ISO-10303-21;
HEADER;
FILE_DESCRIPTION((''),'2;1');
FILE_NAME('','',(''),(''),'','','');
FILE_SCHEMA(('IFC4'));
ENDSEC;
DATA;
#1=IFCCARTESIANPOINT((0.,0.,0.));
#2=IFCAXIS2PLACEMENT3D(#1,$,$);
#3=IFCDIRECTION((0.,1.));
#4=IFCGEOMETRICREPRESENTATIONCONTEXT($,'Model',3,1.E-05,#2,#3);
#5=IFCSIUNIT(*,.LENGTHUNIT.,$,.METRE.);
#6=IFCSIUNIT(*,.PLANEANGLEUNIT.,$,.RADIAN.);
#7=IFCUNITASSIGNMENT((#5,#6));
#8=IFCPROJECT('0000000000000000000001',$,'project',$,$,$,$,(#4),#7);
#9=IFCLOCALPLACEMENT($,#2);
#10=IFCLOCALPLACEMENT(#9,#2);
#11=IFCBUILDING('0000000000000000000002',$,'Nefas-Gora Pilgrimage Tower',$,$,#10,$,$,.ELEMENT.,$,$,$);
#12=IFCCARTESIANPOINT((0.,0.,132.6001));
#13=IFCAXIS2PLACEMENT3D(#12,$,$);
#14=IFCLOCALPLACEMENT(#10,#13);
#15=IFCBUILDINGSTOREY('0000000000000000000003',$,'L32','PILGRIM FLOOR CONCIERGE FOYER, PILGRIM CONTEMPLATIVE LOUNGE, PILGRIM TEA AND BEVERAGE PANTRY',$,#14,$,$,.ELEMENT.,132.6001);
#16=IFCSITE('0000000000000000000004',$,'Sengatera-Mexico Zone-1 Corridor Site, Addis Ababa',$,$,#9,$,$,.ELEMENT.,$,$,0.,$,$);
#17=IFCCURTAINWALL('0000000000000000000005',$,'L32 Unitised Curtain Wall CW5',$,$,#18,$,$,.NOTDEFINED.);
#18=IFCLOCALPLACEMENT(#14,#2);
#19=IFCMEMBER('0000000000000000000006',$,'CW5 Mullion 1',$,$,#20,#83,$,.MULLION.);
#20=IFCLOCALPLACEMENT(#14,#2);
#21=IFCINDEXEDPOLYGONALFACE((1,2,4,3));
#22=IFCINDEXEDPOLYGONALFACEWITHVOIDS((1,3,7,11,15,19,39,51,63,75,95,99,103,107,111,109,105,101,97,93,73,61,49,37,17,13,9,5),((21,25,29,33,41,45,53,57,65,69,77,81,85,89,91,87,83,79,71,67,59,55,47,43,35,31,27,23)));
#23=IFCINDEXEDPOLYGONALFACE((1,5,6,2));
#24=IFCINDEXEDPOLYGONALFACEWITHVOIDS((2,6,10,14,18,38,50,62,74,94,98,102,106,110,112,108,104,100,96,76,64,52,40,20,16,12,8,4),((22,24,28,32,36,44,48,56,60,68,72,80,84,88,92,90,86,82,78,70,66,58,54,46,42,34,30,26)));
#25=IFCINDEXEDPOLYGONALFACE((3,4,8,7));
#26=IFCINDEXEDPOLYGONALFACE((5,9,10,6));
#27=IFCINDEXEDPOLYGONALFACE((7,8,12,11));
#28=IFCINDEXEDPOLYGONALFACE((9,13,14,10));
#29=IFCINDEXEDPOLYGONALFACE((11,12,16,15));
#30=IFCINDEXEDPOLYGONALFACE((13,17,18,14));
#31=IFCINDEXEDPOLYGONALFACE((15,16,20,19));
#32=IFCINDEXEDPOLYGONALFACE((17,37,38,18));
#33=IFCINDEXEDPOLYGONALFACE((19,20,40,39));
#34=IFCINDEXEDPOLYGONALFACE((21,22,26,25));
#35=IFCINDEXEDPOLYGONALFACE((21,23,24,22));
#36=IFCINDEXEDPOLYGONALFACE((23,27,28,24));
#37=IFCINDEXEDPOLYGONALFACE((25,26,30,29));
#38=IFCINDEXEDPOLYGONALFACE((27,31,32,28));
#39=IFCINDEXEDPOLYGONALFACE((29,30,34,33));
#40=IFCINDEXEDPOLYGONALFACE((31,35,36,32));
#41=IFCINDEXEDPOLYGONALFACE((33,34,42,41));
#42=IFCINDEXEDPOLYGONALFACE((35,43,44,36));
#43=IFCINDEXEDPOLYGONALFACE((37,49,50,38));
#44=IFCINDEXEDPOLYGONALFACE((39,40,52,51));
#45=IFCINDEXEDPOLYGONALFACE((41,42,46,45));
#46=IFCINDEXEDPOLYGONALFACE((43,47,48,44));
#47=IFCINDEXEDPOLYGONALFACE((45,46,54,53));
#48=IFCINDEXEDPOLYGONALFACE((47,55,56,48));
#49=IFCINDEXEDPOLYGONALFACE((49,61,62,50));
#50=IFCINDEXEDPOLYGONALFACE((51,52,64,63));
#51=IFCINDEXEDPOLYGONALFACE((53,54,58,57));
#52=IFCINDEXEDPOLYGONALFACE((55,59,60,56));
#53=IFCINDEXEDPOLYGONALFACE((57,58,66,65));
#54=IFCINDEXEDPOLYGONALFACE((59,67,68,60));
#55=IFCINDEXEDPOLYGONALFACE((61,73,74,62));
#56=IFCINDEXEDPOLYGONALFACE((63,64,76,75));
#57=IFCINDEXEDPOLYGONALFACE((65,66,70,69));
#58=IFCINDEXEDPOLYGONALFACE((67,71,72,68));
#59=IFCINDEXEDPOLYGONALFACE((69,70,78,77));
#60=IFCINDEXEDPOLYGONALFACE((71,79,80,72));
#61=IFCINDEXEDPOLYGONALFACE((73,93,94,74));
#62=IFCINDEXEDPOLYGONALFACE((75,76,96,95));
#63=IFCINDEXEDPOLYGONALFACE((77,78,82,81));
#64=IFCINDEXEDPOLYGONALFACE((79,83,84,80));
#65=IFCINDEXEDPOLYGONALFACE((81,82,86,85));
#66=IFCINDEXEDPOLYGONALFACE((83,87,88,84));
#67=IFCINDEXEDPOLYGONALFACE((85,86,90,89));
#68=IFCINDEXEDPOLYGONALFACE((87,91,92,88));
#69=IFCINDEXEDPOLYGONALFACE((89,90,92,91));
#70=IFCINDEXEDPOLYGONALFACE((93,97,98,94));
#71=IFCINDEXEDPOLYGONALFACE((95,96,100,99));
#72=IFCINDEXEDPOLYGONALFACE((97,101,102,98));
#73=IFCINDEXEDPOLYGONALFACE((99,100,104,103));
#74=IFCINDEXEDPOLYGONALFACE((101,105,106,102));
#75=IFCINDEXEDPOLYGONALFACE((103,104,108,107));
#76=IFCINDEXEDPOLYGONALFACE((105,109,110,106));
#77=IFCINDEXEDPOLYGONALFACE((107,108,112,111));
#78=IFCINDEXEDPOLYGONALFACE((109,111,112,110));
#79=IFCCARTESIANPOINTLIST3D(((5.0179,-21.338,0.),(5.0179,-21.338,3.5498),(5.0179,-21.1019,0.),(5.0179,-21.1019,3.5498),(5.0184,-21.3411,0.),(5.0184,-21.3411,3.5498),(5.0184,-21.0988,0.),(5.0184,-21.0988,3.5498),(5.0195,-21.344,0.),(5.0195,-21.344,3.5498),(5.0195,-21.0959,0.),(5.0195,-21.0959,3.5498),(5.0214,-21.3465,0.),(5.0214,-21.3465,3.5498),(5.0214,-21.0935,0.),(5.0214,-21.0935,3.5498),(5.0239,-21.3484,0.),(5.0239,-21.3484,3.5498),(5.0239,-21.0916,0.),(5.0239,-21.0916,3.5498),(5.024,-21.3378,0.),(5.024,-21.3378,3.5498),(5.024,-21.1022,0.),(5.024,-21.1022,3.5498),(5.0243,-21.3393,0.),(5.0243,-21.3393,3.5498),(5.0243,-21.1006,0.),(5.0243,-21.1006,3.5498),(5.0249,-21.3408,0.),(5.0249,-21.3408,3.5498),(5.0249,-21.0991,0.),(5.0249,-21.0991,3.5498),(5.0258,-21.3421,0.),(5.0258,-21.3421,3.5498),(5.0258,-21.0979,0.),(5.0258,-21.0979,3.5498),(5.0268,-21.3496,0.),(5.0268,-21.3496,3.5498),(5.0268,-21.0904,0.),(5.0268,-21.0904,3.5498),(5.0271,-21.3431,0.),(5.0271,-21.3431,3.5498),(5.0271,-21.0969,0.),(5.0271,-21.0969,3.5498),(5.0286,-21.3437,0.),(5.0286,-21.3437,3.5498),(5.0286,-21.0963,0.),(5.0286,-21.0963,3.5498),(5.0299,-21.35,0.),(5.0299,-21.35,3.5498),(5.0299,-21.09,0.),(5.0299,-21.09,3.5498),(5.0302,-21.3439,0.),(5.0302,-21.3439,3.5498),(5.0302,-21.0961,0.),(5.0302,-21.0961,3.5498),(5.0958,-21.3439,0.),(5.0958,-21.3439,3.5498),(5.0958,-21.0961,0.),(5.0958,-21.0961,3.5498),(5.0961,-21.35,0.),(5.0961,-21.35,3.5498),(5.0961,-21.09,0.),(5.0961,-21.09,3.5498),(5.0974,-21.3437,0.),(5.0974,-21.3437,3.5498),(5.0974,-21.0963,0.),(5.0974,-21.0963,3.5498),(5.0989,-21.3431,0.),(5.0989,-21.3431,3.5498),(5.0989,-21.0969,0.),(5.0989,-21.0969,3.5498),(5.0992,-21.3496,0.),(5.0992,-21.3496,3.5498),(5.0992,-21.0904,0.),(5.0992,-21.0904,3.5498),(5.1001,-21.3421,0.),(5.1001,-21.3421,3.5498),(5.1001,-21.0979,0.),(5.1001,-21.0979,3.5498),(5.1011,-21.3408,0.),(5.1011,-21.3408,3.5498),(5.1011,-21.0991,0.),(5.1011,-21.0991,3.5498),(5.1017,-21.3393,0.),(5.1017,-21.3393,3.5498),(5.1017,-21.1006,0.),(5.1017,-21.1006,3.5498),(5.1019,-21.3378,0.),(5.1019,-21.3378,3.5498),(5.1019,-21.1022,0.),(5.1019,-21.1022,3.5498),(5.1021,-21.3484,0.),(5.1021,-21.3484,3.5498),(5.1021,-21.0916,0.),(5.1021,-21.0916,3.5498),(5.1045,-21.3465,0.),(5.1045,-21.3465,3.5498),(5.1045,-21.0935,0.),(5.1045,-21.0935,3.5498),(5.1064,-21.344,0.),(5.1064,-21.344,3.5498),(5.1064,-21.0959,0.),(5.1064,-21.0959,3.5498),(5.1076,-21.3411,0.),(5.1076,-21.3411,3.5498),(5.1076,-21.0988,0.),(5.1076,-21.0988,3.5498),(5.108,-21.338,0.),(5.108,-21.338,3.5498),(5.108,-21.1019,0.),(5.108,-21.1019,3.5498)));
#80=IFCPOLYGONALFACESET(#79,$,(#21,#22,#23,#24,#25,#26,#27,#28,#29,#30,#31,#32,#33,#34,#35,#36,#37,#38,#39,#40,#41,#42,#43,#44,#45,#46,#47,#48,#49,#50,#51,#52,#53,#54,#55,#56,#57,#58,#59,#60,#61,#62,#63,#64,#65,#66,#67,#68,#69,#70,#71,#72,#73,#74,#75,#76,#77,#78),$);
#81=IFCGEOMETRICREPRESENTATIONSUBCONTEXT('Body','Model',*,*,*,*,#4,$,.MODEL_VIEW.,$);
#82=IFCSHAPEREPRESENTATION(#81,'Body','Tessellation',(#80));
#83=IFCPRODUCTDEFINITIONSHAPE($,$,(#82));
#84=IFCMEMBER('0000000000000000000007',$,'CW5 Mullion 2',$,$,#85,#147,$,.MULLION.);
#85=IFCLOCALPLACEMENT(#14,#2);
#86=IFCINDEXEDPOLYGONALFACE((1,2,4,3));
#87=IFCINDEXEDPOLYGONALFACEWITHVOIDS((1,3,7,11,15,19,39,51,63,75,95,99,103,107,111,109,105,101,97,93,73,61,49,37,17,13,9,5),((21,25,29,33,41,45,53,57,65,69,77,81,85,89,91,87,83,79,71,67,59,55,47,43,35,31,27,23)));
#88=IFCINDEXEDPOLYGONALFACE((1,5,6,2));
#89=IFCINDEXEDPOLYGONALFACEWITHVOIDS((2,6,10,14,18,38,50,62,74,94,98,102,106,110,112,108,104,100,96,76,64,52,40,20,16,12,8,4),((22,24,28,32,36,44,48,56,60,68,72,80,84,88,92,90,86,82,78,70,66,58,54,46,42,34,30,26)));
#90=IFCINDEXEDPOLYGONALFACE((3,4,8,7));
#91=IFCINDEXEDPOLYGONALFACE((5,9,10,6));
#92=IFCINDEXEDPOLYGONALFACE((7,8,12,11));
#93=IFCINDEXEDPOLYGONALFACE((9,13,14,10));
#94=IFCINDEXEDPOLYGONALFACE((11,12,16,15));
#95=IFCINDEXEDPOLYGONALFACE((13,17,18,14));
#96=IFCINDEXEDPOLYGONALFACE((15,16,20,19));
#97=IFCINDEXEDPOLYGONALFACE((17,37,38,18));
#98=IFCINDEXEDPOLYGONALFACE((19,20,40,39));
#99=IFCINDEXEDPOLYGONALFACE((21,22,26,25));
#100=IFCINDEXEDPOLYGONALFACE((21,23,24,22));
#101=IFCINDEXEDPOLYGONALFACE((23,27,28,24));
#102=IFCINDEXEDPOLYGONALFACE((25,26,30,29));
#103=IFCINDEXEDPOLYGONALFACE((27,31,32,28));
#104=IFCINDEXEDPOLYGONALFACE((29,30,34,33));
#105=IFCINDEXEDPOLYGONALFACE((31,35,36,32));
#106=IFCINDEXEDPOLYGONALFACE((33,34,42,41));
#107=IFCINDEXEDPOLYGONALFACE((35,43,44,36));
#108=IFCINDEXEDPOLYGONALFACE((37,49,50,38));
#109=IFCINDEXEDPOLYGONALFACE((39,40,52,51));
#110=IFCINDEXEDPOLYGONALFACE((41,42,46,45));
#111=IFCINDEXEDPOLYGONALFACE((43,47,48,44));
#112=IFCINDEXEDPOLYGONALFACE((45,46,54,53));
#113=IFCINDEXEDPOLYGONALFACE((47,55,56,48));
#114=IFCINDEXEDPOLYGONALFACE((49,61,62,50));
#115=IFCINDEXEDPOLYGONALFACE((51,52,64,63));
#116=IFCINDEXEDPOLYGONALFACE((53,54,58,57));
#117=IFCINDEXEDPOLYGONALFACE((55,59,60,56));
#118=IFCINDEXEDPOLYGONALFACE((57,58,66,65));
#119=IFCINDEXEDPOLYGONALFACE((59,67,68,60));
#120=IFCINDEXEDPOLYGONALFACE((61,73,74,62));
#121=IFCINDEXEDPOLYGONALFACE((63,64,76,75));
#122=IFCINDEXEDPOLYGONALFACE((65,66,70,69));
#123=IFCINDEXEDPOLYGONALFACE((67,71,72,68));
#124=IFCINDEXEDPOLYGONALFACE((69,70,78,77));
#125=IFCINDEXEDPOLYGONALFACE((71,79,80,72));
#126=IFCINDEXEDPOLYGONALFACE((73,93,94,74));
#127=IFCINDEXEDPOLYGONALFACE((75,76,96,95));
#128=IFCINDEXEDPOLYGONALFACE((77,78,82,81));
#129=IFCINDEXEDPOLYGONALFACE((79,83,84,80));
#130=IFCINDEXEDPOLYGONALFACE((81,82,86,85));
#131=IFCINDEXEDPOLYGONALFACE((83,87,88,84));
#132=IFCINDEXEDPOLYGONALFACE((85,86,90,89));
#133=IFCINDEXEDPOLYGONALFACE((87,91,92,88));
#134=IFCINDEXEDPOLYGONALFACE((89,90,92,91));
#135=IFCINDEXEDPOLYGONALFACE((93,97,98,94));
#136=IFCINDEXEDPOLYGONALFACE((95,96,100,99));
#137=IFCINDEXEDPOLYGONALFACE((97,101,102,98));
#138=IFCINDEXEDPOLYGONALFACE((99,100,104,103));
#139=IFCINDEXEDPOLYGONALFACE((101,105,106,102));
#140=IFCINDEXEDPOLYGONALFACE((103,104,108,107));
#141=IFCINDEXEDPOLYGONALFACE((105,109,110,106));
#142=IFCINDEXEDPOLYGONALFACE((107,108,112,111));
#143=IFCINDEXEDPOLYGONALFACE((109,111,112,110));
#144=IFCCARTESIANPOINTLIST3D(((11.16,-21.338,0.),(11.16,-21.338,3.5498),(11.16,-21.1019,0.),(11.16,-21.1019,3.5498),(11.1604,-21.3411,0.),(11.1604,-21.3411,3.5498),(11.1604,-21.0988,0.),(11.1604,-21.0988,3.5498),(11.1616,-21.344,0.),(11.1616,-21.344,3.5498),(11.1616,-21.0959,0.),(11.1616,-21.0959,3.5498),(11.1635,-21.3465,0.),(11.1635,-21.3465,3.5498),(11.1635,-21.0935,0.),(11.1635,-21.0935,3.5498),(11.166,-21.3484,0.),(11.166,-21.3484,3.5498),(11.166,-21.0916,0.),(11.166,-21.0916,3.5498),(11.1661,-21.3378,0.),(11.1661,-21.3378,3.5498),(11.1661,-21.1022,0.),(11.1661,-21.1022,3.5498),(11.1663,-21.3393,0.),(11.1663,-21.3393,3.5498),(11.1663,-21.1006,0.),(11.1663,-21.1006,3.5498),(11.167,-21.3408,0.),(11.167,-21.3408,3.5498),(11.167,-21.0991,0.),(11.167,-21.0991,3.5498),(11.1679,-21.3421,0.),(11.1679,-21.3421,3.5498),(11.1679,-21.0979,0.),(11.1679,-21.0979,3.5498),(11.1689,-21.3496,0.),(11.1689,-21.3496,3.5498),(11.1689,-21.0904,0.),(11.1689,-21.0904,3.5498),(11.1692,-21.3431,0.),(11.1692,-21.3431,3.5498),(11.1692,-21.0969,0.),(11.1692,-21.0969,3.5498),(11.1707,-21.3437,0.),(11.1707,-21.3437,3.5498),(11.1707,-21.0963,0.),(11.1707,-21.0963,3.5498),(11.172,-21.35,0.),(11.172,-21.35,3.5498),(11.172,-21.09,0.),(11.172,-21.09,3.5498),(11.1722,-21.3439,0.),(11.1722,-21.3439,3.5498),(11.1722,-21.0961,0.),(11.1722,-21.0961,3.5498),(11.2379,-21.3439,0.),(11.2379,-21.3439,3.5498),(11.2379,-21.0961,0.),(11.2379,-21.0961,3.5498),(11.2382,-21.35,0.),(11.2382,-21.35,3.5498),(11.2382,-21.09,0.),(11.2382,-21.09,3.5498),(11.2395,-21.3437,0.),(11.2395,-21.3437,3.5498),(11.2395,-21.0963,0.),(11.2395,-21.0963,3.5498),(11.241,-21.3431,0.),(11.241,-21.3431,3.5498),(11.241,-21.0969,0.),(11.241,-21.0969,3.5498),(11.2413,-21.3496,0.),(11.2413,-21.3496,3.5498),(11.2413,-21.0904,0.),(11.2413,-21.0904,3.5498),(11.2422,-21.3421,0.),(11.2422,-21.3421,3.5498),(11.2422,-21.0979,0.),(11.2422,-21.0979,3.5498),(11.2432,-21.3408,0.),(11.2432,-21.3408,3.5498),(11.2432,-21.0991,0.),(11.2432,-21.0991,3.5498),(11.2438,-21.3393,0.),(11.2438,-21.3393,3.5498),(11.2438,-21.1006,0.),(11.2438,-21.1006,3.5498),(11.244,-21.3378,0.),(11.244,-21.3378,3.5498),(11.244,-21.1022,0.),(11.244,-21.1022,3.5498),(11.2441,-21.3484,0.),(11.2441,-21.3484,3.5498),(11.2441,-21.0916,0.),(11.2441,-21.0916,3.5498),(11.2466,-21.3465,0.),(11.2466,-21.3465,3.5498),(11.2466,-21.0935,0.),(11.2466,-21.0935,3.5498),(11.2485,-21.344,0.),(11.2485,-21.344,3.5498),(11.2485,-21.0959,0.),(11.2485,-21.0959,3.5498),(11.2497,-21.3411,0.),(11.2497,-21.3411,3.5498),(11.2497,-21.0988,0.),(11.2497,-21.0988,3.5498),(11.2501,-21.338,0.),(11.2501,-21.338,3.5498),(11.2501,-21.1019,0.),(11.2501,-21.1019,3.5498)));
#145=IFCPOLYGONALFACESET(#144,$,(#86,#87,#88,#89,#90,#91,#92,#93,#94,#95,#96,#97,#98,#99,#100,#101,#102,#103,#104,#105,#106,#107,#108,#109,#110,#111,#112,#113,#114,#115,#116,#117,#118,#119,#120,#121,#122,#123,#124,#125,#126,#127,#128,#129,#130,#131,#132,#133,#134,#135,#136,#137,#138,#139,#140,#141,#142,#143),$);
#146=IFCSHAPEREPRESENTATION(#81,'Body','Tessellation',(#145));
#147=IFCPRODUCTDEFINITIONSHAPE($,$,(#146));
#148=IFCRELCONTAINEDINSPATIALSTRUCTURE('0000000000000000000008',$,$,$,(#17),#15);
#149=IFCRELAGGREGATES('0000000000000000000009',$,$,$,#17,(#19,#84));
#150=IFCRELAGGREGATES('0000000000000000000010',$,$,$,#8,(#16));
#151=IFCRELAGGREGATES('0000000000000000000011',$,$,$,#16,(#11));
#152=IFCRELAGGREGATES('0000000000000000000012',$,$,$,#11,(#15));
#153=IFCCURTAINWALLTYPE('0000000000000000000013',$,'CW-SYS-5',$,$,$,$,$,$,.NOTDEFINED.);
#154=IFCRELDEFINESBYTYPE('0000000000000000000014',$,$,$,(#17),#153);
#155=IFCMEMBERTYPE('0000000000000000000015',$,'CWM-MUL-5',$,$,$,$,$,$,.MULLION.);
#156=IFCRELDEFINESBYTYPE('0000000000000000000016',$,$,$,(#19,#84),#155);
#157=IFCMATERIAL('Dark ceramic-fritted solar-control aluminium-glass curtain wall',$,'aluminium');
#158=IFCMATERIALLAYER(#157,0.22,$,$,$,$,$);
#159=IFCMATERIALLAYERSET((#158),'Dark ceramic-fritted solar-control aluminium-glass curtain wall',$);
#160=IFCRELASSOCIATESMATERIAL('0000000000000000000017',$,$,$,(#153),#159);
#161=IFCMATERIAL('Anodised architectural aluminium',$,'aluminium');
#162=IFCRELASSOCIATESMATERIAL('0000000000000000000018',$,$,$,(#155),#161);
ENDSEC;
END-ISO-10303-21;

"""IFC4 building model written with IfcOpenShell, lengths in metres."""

from ifc_helpers import new_model, si_unit, direction, frame, origin, origin_2d, place, context, subcontext, project, spatial, hollow_rectangle, extrude, source, transform, mapped, material, layer, layer_set, material_profile, profile_set, type_object, element, aggregate, save


model = new_model("IFC4")

# Units and contexts
model_context = context("Model", 3, precision=1e-05, world=origin(), true_north=direction((0.0, 1.0)))
body_context = subcontext(model_context, "Body", "Model", "MODEL_VIEW")
ifc_project = project(units=[si_unit("LENGTHUNIT", "METRE"), si_unit("PLANEANGLEUNIT", "RADIAN")], contexts=[model_context])

# Site, building, storey
site_placement = place(None, origin())
site = spatial("IfcSite", under=ifc_project, at=site_placement, Name="Sengatera-Mexico Zone-1 Corridor Site, Addis Ababa", CompositionType="ELEMENT", RefElevation=0.0)
building_placement = place(site_placement, origin())
building = spatial("IfcBuilding", under=site, at=building_placement, Name="Nefas-Gora Pilgrimage Tower", CompositionType="ELEMENT")
storey_placement = place(building_placement, frame((0.0, 0.0, 132.6001)))
storey = spatial("IfcBuildingStorey", under=building, at=storey_placement, Name="L32", Description="PILGRIM FLOOR CONCIERGE FOYER, PILGRIM CONTEMPLATIVE LOUNGE, PILGRIM TEA AND BEVERAGE PANTRY", CompositionType="ELEMENT", Elevation=132.6001)

# Curtain wall
ifc_material_1 = material(Name="Dark ceramic-fritted solar-control aluminium-glass curtain wall", Category="aluminium")
ifc_layer_1 = layer(ifc_material_1, 0.22)
ifc_layer_set_1 = layer_set([ifc_layer_1], Name="Dark ceramic-fritted solar-control aluminium-glass curtain wall")
curtain_wall_type_1 = type_object("IfcCurtainWallType", Name="CW-SYS-5", PredefinedType="NOTDEFINED", material=ifc_layer_set_1)
curtain_wall_1_placement = place(storey_placement, origin())
curtain_wall_1 = element("IfcCurtainWall", 1, at=curtain_wall_1_placement, inside=storey, type_object=curtain_wall_type_1, Name="L32 Unitised Curtain Wall CW5", PredefinedType="NOTDEFINED")
ifc_material_2 = material(Name="Anodised architectural aluminium", Category="aluminium")

# Members
ifc_material_profile_1 = material_profile(ifc_material_2, hollow_rectangle(XDim=0.0901, YDim=0.26, WallThickness=0.0061, InnerFilletRadius=0.0061, OuterFilletRadius=0.012, at=origin_2d()), Name="ALU MULLION 90x260")
ifc_profile_set_1 = profile_set([ifc_material_profile_1], Name="Anodised architectural aluminium")
member_type_1 = type_object("IfcMemberType", Name="CWM-MUL-5", PredefinedType="MULLION", material=ifc_profile_set_1)
shared_shape_1 = source(origin(), body_context, "Body", "SweptSolid", [
    extrude(hollow_rectangle(XDim=0.0901, YDim=0.26, WallThickness=0.0061, InnerFilletRadius=0.0061, OuterFilletRadius=0.012, at=origin_2d()), origin(), (0.0, 0.0, 1.0), 3.5498),
])
member_1_placement = place(storey_placement, frame((5.063, -21.22, 0.0), z_axis=(0.0, 0.0, 1.0), x_axis=(1.0, 0.0, 0.0)))
member_1 = element("IfcMember", 2, at=member_1_placement, type_object=member_type_1, Name="CW5 Mullion 1", PredefinedType="MULLION", context=body_context, shape_type="MappedRepresentation", body=[
    mapped(shared_shape_1, transform((0.0, 0.0, 0.0), x_axis=(1.0, 0.0, 0.0), y_axis=(0.0, 1.0, 0.0), z_axis=(0.0, 0.0, 1.0), scale=1.0)),
])
member_2_placement = place(storey_placement, frame((11.2051, -21.22, 0.0), z_axis=(0.0, 0.0, 1.0), x_axis=(1.0, 0.0, 0.0)))
member_2 = element("IfcMember", 3, at=member_2_placement, type_object=member_type_1, Name="CW5 Mullion 2", PredefinedType="MULLION", context=body_context, shape_type="MappedRepresentation", body=[
    mapped(shared_shape_1, transform((0.0, 0.0, 0.0), x_axis=(1.0, 0.0, 0.0), y_axis=(0.0, 1.0, 0.0), z_axis=(0.0, 0.0, 1.0), scale=1.0)),
])

aggregate(curtain_wall_1, [member_1, member_2])

save(model, "model.ifc")
